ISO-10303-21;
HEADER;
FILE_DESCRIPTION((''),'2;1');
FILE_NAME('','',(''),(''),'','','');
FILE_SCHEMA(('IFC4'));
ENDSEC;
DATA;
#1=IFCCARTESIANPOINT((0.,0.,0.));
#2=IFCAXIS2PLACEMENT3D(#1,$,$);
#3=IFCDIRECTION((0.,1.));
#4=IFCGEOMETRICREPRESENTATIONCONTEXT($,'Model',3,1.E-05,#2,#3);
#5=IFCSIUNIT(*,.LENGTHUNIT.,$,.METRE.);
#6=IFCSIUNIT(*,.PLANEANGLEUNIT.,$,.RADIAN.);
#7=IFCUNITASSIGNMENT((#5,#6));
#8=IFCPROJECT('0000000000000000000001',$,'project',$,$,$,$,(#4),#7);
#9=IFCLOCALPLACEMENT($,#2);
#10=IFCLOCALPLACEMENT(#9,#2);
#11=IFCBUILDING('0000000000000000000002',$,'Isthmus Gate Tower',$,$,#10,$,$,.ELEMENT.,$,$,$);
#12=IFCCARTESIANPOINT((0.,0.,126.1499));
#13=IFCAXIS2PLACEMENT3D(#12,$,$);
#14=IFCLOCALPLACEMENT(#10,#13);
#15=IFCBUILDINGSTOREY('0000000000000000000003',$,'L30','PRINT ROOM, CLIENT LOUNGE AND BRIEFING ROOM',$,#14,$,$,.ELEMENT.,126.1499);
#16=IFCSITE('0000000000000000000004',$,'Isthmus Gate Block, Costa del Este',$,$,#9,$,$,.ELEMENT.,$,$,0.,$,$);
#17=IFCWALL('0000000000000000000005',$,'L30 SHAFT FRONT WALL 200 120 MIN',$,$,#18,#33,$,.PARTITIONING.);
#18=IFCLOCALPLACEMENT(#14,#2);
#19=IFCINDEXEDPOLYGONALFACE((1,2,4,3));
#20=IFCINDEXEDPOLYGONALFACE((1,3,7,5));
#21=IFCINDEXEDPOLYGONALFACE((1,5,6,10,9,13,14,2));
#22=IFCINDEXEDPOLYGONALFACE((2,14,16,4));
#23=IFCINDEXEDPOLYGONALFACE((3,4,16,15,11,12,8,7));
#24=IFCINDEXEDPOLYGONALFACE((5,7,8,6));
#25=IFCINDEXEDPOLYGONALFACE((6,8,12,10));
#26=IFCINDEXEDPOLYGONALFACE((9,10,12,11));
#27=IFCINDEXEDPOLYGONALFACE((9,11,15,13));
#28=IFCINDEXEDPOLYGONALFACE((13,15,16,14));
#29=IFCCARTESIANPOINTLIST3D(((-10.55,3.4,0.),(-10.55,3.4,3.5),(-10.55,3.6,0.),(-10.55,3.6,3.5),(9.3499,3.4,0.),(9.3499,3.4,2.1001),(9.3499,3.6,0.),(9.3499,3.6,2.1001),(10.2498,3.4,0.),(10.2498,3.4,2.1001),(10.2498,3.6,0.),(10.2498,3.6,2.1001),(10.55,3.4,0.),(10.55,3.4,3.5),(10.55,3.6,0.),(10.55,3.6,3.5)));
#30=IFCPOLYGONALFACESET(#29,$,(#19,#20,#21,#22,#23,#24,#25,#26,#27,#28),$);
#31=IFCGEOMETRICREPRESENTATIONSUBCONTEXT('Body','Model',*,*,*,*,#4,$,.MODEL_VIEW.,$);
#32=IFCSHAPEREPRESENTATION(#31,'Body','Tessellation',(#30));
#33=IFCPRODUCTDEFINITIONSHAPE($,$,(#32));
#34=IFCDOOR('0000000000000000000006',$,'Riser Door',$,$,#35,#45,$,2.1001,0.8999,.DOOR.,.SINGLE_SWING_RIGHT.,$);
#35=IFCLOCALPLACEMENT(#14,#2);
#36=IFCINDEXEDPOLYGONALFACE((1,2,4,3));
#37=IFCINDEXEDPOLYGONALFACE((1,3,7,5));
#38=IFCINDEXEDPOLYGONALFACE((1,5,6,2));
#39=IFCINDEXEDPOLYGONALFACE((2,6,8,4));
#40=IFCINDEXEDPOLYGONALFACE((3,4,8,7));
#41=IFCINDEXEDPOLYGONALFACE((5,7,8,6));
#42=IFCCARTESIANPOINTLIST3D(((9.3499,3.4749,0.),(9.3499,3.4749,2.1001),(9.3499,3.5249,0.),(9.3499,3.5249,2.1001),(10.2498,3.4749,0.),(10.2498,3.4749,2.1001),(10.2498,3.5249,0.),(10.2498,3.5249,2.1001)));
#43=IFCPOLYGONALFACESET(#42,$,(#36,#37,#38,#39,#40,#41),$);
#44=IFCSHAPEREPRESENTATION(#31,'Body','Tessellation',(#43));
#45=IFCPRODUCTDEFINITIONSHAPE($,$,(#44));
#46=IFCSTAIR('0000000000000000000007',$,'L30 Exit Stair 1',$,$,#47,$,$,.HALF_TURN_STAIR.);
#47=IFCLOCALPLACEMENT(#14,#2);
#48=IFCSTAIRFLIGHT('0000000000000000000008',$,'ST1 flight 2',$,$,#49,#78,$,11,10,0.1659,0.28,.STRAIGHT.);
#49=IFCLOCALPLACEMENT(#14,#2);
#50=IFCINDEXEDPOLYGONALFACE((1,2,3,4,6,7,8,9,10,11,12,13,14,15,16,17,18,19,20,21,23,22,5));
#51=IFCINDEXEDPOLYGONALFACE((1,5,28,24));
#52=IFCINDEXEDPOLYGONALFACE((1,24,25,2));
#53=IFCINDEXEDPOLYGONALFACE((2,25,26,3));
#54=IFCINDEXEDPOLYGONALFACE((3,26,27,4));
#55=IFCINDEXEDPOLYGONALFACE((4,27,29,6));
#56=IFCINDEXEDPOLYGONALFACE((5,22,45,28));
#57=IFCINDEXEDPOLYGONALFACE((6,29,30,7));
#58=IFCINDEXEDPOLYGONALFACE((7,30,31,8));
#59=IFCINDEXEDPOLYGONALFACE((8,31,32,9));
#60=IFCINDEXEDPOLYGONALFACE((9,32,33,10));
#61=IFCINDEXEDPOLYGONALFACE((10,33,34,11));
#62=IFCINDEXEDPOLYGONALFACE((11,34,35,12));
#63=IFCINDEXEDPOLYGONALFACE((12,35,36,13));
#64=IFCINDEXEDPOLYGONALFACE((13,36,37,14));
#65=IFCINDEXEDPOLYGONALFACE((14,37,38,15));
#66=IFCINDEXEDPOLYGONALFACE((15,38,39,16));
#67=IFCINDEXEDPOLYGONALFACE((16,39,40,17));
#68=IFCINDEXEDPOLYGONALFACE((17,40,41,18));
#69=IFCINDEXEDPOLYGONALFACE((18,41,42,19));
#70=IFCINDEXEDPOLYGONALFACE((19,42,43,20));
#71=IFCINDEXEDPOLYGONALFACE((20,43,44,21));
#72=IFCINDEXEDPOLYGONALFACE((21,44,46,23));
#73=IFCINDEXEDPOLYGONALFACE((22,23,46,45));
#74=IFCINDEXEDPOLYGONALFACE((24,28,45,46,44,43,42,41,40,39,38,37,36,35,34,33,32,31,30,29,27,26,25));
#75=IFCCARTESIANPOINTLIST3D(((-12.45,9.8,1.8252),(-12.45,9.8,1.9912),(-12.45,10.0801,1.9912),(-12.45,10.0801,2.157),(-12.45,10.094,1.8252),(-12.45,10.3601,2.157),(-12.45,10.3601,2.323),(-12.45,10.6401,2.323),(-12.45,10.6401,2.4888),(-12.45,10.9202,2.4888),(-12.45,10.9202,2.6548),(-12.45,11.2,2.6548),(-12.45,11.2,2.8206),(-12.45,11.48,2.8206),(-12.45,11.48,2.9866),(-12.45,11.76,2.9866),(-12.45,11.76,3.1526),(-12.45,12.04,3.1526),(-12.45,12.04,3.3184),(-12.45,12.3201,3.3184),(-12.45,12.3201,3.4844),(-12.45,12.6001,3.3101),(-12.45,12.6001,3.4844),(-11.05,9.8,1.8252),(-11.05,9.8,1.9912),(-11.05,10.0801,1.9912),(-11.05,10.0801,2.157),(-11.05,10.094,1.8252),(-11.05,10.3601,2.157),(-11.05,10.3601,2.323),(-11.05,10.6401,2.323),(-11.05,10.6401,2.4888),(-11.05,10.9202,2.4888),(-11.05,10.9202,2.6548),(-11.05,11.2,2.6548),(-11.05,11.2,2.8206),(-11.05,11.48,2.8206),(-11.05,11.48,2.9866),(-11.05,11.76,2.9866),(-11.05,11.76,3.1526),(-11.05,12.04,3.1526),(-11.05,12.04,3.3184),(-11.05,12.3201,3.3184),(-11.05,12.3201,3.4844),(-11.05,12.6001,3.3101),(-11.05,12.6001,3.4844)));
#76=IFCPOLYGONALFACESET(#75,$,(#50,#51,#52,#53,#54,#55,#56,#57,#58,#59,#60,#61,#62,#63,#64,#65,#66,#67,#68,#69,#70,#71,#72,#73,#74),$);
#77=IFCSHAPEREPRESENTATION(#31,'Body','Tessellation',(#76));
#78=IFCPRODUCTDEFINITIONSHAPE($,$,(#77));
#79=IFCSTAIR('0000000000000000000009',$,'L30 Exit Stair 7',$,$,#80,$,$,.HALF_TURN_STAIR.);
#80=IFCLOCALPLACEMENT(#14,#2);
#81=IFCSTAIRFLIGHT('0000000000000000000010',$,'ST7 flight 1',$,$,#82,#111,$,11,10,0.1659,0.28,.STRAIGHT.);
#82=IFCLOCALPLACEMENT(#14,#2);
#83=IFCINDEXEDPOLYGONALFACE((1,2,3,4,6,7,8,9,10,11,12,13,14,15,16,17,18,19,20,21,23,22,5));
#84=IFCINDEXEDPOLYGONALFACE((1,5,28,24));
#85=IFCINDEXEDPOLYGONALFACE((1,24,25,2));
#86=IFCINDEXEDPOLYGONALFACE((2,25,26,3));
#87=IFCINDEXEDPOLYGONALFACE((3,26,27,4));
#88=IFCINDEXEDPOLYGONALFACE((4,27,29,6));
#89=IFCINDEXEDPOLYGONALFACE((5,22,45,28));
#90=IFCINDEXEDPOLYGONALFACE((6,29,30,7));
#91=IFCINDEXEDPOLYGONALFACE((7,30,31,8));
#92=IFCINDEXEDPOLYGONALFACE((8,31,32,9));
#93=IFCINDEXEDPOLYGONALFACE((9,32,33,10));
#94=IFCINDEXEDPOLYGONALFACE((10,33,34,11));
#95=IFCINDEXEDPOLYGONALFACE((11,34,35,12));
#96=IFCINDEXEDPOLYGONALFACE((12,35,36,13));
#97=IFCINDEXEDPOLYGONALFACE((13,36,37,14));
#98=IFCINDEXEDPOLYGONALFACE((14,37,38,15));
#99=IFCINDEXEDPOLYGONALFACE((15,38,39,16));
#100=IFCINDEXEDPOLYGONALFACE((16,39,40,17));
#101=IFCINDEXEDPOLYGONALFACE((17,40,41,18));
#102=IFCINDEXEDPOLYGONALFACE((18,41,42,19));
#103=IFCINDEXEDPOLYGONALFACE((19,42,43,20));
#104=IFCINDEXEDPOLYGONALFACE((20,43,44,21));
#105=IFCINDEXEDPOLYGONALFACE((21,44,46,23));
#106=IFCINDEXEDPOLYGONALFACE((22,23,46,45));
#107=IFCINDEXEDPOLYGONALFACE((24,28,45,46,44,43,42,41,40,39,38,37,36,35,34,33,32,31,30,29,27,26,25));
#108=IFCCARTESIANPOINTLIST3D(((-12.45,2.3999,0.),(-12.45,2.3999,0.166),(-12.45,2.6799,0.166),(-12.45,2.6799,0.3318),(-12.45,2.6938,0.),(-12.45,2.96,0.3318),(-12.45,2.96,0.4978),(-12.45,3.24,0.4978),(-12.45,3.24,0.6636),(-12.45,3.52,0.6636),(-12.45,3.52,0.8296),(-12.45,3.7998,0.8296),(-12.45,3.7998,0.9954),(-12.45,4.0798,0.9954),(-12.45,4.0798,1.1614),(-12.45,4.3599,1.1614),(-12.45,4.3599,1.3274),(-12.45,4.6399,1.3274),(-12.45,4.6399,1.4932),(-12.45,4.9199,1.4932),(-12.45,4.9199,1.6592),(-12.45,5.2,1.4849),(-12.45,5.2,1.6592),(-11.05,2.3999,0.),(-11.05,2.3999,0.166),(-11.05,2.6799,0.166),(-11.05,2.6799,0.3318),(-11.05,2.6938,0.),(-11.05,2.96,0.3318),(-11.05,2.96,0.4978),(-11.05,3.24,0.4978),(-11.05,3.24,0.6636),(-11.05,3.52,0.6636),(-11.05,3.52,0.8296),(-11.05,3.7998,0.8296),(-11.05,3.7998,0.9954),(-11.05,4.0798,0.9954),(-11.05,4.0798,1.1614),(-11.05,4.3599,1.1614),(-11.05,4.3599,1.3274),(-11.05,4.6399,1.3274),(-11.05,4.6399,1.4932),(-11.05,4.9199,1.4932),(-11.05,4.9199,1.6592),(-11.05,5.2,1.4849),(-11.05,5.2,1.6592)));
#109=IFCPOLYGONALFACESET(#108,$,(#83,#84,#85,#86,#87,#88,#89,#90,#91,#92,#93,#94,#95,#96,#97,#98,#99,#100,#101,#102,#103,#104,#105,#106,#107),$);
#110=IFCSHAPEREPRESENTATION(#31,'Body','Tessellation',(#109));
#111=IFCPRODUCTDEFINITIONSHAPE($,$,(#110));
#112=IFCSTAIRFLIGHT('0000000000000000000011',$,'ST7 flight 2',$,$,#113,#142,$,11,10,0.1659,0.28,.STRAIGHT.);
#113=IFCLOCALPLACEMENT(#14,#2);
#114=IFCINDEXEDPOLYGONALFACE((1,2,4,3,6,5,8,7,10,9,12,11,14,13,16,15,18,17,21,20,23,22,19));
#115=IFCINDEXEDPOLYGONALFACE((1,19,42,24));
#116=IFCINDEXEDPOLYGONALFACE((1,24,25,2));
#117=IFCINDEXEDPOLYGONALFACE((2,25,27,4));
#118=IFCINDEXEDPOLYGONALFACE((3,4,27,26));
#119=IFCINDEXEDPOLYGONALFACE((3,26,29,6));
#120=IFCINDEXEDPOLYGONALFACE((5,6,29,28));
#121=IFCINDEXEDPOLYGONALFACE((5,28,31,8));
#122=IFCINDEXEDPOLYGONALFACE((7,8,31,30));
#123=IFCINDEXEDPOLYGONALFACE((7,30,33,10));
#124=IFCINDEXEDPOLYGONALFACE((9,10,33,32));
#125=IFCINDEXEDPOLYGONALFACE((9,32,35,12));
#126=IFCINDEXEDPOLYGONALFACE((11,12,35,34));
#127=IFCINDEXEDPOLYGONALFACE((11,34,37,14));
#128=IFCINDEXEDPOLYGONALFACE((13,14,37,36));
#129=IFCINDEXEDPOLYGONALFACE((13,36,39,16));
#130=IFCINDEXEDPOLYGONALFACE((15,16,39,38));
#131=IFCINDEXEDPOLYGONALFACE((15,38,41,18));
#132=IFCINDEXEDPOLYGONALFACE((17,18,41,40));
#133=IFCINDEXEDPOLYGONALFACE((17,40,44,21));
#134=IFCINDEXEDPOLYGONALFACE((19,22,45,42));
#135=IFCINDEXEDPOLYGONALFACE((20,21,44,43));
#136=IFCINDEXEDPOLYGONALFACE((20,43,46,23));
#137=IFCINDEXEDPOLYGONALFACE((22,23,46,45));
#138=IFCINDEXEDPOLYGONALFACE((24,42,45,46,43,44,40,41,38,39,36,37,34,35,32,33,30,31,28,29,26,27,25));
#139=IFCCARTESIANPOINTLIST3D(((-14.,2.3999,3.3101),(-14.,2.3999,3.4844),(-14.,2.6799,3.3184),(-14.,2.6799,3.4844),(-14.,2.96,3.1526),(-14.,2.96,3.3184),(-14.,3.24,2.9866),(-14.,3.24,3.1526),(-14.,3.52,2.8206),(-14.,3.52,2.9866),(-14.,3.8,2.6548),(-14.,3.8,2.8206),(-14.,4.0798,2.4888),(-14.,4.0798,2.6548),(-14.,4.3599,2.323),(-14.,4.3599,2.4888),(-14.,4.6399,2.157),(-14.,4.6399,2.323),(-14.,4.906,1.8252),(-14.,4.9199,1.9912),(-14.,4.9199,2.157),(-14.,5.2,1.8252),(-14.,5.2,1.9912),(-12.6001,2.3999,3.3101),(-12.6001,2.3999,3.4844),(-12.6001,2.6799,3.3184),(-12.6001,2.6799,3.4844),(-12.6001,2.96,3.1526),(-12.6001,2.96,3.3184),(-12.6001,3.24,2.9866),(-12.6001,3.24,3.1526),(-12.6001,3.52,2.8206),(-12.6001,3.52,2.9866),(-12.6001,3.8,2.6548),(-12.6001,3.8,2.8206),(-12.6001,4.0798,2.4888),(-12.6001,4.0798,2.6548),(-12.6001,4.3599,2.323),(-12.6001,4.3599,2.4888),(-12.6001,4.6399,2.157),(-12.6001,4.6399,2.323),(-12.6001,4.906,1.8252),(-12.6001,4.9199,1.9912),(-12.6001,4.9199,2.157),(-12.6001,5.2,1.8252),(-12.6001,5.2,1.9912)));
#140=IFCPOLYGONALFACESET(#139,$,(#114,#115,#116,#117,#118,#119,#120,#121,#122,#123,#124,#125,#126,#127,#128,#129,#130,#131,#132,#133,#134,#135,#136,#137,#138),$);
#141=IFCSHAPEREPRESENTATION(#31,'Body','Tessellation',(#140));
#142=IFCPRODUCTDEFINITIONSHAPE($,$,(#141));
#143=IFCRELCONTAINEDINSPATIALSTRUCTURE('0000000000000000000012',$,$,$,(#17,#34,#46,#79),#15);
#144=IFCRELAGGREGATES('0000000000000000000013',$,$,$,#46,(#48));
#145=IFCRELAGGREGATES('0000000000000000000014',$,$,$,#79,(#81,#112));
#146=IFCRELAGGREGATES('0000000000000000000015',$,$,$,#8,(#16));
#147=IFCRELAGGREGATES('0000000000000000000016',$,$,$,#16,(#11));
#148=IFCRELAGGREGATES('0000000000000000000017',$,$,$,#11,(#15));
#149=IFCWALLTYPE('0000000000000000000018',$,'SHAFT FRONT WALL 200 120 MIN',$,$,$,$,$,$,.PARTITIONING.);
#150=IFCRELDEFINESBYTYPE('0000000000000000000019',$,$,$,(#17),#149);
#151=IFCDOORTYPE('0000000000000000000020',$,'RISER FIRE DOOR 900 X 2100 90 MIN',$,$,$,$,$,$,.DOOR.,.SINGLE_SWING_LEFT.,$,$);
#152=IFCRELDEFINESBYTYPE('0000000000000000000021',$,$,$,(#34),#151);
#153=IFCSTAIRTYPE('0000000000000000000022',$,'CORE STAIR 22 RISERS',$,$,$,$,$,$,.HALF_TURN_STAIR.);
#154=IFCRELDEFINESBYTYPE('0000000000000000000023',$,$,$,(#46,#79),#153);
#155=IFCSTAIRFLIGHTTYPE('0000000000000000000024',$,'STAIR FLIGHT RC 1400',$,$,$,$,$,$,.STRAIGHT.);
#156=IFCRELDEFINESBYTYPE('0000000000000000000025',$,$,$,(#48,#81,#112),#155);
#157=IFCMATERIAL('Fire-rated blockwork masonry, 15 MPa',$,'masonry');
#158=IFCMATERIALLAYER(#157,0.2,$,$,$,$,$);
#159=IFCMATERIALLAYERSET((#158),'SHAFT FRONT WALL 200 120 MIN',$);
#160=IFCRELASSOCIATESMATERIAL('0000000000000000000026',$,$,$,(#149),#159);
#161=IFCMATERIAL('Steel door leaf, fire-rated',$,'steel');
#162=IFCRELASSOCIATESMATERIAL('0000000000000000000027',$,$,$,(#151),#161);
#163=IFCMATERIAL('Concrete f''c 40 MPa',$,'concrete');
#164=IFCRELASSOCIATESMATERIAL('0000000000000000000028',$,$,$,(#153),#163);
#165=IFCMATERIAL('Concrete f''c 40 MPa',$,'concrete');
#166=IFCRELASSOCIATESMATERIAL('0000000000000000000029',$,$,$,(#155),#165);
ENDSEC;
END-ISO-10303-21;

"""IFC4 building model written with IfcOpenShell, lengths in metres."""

from ifc_helpers import new_model, si_unit, direction, frame, frame_2d, origin, place, context, subcontext, project, spatial, polyline, rectangle, outline, extrude, material, layer, layer_set, type_object, element, fill, aggregate, save


model = new_model("IFC4")

# Units and contexts
model_context = context("Model", 3, precision=1e-05, world=origin(), true_north=direction((0.0, 1.0)))
body_context = subcontext(model_context, "Body", "Model", "MODEL_VIEW")
ifc_project = project(units=[si_unit("LENGTHUNIT", "METRE"), si_unit("PLANEANGLEUNIT", "RADIAN")], contexts=[model_context])

# Site, building, storey
site_placement = place(None, origin())
site = spatial("IfcSite", under=ifc_project, at=site_placement, Name="Isthmus Gate Block, Costa del Este", CompositionType="ELEMENT", RefElevation=0.0)
building_placement = place(site_placement, origin())
building = spatial("IfcBuilding", under=site, at=building_placement, Name="Isthmus Gate Tower", CompositionType="ELEMENT")
storey_placement = place(building_placement, frame((0.0, 0.0, 126.1499)))
storey = spatial("IfcBuildingStorey", under=building, at=storey_placement, Name="L30", Description="PRINT ROOM, CLIENT LOUNGE AND BRIEFING ROOM", CompositionType="ELEMENT", Elevation=126.1499)

# Wall, opening, door
ifc_material_1 = material(Name="Fire-rated blockwork masonry, 15 MPa", Category="masonry")
ifc_layer = layer(ifc_material_1, 0.2)
ifc_layer_set = layer_set([ifc_layer], Name="SHAFT FRONT WALL 200 120 MIN")
wall_type = type_object("IfcWallType", Name="SHAFT FRONT WALL 200 120 MIN", PredefinedType="PARTITIONING", material=ifc_layer_set)
wall_placement = place(storey_placement, frame((-10.55, 3.5, 0.0), z_axis=(0.0, 0.0, 1.0), x_axis=(1.0, 0.0, 0.0)))
wall = element("IfcWall", 1, at=wall_placement, inside=storey, type_object=wall_type, Name="L30 SHAFT FRONT WALL 200 120 MIN", PredefinedType="PARTITIONING", context=body_context, shape_type="SweptSolid", body=[
    extrude(rectangle(XDim=21.1001, YDim=0.2, at=frame_2d((10.55, 0.0))), origin(), (0.0, 0.0, 1.0), 3.5),
])
opening_placement = place(wall_placement, frame((19.8999, 0.0, 0.0)))
opening = element("IfcOpeningElement", 2, at=opening_placement, cuts=wall, PredefinedType="OPENING", context=body_context, shape_type="SweptSolid", body=[
    extrude(rectangle(XDim=0.8999, YDim=2.1001, at=frame_2d((0.45, 1.05))), frame((0.0, 0.1099, 0.0), z_axis=(0.0, -1.0, 0.0), x_axis=(1.0, 0.0, 0.0)), (0.0, 0.0, 1.0), 0.22),
])
ifc_material_2 = material(Name="Steel door leaf, fire-rated", Category="steel")
door_type = type_object("IfcDoorType", Name="RISER FIRE DOOR 900 X 2100 90 MIN", OperationType="SINGLE_SWING_LEFT", PredefinedType="DOOR", material=ifc_material_2)
door_placement = place(opening_placement, origin())
door = element("IfcDoor", 3, at=door_placement, inside=storey, type_object=door_type, Name="Riser Door", OperationType="SINGLE_SWING_RIGHT", OverallHeight=2.1001, OverallWidth=0.8999, PredefinedType="DOOR", context=body_context, shape_type="SweptSolid", body=[
    extrude(rectangle(XDim=0.8999, YDim=2.1001, at=frame_2d((0.45, 1.05))), frame((0.0, 0.0249, 0.0), z_axis=(0.0, -1.0, 0.0), x_axis=(1.0, 0.0, 0.0)), (0.0, 0.0, 1.0), 0.05),
])
fill(opening, door)

# Stair, stair flight
ifc_material_3 = material(Name="Concrete f'c 40 MPa", Category="concrete")
stair_type = type_object("IfcStairType", Name="CORE STAIR 22 RISERS", PredefinedType="HALF_TURN_STAIR", material=ifc_material_3)
stair_1_placement = place(storey_placement, origin())
stair_1 = element("IfcStair", 4, at=stair_1_placement, inside=storey, type_object=stair_type, Name="L30 Exit Stair 1", PredefinedType="HALF_TURN_STAIR")
ifc_material_4 = material(Name="Concrete f'c 40 MPa", Category="concrete")
stair_flight_type = type_object("IfcStairFlightType", Name="STAIR FLIGHT RC 1400", PredefinedType="STRAIGHT", material=ifc_material_4)
stair_flight_1_placement = place(storey_placement, frame((-11.75, 9.8, 1.8252), z_axis=(0.0, 0.0, 1.0), x_axis=(0.0, 1.0, 0.0)))
stair_flight_1 = element("IfcStairFlight", 5, at=stair_flight_1_placement, type_object=stair_flight_type, Name="ST1 flight 2", NumberOfRisers=11, NumberOfTreads=10, PredefinedType="STRAIGHT", RiserHeight=0.1659, TreadLength=0.28, context=body_context, shape_type="SweptSolid", body=[
    extrude(outline(polyline([(0.0, 0.0), (0.0, 0.166), (0.28, 0.166), (0.28, 0.3318), (0.5601, 0.3318), (0.5601, 0.4978), (0.8401, 0.4978), (0.8401, 0.6636), (1.1201, 0.6636), (1.1201, 0.8296), (1.3999, 0.8296), (1.3999, 0.9954), (1.6799, 0.9954), (1.6799, 1.1614), (1.96, 1.1614), (1.96, 1.3274), (2.24, 1.3274), (2.24, 1.4932), (2.52, 1.4932), (2.52, 1.6592), (2.8, 1.6592), (2.8, 1.825), (2.8, 1.4849), (0.2939, 0.0), (0.0, 0.0)])), frame((0.0, 0.7, 0.0), z_axis=(0.0, -1.0, 0.0), x_axis=(1.0, 0.0, 0.0)), (0.0, 0.0, 1.0), 1.3999),
])
aggregate(stair_1, [stair_flight_1])

# Stair, stair flights
stair_2_placement = place(storey_placement, origin())
stair_2 = element("IfcStair", 6, at=stair_2_placement, inside=storey, type_object=stair_type, Name="L30 Exit Stair 7", PredefinedType="HALF_TURN_STAIR")
stair_flight_2_placement = place(storey_placement, frame((-11.75, 2.3999, 0.0), z_axis=(0.0, 0.0, 1.0), x_axis=(0.0, 1.0, 0.0)))
stair_flight_2 = element("IfcStairFlight", 7, at=stair_flight_2_placement, type_object=stair_flight_type, Name="ST7 flight 1", NumberOfRisers=11, NumberOfTreads=10, PredefinedType="STRAIGHT", RiserHeight=0.1659, TreadLength=0.28, context=body_context, shape_type="SweptSolid", body=[
    extrude(outline(polyline([(0.0, 0.0), (0.0, 0.166), (0.28, 0.166), (0.28, 0.3318), (0.5601, 0.3318), (0.5601, 0.4978), (0.8401, 0.4978), (0.8401, 0.6636), (1.1201, 0.6636), (1.1201, 0.8296), (1.3999, 0.8296), (1.3999, 0.9954), (1.6799, 0.9954), (1.6799, 1.1614), (1.96, 1.1614), (1.96, 1.3274), (2.24, 1.3274), (2.24, 1.4932), (2.52, 1.4932), (2.52, 1.6592), (2.8, 1.6592), (2.8, 1.825), (2.8, 1.4849), (0.2939, 0.0), (0.0, 0.0)])), frame((0.0, 0.7, 0.0), z_axis=(0.0, -1.0, 0.0), x_axis=(1.0, 0.0, 0.0)), (0.0, 0.0, 1.0), 1.3999),
])
stair_flight_3_placement = place(storey_placement, frame((-13.3, 5.2, 1.8252), z_axis=(0.0, 0.0, 1.0), x_axis=(0.0, -1.0, 0.0)))
stair_flight_3 = element("IfcStairFlight", 8, at=stair_flight_3_placement, type_object=stair_flight_type, Name="ST7 flight 2", NumberOfRisers=11, NumberOfTreads=10, PredefinedType="STRAIGHT", RiserHeight=0.1659, TreadLength=0.28, context=body_context, shape_type="SweptSolid", body=[
    extrude(outline(polyline([(0.0, 0.0), (0.0, 0.166), (0.28, 0.166), (0.28, 0.3318), (0.5601, 0.3318), (0.5601, 0.4978), (0.8401, 0.4978), (0.8401, 0.6636), (1.1201, 0.6636), (1.1201, 0.8296), (1.3999, 0.8296), (1.3999, 0.9954), (1.6799, 0.9954), (1.6799, 1.1614), (1.96, 1.1614), (1.96, 1.3274), (2.24, 1.3274), (2.24, 1.4932), (2.52, 1.4932), (2.52, 1.6592), (2.8, 1.6592), (2.8, 1.825), (2.8, 1.4849), (0.2939, 0.0), (0.0, 0.0)])), frame((0.0, 0.7, 0.0), z_axis=(0.0, -1.0, 0.0), x_axis=(1.0, 0.0, 0.0)), (0.0, 0.0, 1.0), 1.3999),
])
aggregate(stair_2, [stair_flight_2, stair_flight_3])

save(model, "model.ifc")
